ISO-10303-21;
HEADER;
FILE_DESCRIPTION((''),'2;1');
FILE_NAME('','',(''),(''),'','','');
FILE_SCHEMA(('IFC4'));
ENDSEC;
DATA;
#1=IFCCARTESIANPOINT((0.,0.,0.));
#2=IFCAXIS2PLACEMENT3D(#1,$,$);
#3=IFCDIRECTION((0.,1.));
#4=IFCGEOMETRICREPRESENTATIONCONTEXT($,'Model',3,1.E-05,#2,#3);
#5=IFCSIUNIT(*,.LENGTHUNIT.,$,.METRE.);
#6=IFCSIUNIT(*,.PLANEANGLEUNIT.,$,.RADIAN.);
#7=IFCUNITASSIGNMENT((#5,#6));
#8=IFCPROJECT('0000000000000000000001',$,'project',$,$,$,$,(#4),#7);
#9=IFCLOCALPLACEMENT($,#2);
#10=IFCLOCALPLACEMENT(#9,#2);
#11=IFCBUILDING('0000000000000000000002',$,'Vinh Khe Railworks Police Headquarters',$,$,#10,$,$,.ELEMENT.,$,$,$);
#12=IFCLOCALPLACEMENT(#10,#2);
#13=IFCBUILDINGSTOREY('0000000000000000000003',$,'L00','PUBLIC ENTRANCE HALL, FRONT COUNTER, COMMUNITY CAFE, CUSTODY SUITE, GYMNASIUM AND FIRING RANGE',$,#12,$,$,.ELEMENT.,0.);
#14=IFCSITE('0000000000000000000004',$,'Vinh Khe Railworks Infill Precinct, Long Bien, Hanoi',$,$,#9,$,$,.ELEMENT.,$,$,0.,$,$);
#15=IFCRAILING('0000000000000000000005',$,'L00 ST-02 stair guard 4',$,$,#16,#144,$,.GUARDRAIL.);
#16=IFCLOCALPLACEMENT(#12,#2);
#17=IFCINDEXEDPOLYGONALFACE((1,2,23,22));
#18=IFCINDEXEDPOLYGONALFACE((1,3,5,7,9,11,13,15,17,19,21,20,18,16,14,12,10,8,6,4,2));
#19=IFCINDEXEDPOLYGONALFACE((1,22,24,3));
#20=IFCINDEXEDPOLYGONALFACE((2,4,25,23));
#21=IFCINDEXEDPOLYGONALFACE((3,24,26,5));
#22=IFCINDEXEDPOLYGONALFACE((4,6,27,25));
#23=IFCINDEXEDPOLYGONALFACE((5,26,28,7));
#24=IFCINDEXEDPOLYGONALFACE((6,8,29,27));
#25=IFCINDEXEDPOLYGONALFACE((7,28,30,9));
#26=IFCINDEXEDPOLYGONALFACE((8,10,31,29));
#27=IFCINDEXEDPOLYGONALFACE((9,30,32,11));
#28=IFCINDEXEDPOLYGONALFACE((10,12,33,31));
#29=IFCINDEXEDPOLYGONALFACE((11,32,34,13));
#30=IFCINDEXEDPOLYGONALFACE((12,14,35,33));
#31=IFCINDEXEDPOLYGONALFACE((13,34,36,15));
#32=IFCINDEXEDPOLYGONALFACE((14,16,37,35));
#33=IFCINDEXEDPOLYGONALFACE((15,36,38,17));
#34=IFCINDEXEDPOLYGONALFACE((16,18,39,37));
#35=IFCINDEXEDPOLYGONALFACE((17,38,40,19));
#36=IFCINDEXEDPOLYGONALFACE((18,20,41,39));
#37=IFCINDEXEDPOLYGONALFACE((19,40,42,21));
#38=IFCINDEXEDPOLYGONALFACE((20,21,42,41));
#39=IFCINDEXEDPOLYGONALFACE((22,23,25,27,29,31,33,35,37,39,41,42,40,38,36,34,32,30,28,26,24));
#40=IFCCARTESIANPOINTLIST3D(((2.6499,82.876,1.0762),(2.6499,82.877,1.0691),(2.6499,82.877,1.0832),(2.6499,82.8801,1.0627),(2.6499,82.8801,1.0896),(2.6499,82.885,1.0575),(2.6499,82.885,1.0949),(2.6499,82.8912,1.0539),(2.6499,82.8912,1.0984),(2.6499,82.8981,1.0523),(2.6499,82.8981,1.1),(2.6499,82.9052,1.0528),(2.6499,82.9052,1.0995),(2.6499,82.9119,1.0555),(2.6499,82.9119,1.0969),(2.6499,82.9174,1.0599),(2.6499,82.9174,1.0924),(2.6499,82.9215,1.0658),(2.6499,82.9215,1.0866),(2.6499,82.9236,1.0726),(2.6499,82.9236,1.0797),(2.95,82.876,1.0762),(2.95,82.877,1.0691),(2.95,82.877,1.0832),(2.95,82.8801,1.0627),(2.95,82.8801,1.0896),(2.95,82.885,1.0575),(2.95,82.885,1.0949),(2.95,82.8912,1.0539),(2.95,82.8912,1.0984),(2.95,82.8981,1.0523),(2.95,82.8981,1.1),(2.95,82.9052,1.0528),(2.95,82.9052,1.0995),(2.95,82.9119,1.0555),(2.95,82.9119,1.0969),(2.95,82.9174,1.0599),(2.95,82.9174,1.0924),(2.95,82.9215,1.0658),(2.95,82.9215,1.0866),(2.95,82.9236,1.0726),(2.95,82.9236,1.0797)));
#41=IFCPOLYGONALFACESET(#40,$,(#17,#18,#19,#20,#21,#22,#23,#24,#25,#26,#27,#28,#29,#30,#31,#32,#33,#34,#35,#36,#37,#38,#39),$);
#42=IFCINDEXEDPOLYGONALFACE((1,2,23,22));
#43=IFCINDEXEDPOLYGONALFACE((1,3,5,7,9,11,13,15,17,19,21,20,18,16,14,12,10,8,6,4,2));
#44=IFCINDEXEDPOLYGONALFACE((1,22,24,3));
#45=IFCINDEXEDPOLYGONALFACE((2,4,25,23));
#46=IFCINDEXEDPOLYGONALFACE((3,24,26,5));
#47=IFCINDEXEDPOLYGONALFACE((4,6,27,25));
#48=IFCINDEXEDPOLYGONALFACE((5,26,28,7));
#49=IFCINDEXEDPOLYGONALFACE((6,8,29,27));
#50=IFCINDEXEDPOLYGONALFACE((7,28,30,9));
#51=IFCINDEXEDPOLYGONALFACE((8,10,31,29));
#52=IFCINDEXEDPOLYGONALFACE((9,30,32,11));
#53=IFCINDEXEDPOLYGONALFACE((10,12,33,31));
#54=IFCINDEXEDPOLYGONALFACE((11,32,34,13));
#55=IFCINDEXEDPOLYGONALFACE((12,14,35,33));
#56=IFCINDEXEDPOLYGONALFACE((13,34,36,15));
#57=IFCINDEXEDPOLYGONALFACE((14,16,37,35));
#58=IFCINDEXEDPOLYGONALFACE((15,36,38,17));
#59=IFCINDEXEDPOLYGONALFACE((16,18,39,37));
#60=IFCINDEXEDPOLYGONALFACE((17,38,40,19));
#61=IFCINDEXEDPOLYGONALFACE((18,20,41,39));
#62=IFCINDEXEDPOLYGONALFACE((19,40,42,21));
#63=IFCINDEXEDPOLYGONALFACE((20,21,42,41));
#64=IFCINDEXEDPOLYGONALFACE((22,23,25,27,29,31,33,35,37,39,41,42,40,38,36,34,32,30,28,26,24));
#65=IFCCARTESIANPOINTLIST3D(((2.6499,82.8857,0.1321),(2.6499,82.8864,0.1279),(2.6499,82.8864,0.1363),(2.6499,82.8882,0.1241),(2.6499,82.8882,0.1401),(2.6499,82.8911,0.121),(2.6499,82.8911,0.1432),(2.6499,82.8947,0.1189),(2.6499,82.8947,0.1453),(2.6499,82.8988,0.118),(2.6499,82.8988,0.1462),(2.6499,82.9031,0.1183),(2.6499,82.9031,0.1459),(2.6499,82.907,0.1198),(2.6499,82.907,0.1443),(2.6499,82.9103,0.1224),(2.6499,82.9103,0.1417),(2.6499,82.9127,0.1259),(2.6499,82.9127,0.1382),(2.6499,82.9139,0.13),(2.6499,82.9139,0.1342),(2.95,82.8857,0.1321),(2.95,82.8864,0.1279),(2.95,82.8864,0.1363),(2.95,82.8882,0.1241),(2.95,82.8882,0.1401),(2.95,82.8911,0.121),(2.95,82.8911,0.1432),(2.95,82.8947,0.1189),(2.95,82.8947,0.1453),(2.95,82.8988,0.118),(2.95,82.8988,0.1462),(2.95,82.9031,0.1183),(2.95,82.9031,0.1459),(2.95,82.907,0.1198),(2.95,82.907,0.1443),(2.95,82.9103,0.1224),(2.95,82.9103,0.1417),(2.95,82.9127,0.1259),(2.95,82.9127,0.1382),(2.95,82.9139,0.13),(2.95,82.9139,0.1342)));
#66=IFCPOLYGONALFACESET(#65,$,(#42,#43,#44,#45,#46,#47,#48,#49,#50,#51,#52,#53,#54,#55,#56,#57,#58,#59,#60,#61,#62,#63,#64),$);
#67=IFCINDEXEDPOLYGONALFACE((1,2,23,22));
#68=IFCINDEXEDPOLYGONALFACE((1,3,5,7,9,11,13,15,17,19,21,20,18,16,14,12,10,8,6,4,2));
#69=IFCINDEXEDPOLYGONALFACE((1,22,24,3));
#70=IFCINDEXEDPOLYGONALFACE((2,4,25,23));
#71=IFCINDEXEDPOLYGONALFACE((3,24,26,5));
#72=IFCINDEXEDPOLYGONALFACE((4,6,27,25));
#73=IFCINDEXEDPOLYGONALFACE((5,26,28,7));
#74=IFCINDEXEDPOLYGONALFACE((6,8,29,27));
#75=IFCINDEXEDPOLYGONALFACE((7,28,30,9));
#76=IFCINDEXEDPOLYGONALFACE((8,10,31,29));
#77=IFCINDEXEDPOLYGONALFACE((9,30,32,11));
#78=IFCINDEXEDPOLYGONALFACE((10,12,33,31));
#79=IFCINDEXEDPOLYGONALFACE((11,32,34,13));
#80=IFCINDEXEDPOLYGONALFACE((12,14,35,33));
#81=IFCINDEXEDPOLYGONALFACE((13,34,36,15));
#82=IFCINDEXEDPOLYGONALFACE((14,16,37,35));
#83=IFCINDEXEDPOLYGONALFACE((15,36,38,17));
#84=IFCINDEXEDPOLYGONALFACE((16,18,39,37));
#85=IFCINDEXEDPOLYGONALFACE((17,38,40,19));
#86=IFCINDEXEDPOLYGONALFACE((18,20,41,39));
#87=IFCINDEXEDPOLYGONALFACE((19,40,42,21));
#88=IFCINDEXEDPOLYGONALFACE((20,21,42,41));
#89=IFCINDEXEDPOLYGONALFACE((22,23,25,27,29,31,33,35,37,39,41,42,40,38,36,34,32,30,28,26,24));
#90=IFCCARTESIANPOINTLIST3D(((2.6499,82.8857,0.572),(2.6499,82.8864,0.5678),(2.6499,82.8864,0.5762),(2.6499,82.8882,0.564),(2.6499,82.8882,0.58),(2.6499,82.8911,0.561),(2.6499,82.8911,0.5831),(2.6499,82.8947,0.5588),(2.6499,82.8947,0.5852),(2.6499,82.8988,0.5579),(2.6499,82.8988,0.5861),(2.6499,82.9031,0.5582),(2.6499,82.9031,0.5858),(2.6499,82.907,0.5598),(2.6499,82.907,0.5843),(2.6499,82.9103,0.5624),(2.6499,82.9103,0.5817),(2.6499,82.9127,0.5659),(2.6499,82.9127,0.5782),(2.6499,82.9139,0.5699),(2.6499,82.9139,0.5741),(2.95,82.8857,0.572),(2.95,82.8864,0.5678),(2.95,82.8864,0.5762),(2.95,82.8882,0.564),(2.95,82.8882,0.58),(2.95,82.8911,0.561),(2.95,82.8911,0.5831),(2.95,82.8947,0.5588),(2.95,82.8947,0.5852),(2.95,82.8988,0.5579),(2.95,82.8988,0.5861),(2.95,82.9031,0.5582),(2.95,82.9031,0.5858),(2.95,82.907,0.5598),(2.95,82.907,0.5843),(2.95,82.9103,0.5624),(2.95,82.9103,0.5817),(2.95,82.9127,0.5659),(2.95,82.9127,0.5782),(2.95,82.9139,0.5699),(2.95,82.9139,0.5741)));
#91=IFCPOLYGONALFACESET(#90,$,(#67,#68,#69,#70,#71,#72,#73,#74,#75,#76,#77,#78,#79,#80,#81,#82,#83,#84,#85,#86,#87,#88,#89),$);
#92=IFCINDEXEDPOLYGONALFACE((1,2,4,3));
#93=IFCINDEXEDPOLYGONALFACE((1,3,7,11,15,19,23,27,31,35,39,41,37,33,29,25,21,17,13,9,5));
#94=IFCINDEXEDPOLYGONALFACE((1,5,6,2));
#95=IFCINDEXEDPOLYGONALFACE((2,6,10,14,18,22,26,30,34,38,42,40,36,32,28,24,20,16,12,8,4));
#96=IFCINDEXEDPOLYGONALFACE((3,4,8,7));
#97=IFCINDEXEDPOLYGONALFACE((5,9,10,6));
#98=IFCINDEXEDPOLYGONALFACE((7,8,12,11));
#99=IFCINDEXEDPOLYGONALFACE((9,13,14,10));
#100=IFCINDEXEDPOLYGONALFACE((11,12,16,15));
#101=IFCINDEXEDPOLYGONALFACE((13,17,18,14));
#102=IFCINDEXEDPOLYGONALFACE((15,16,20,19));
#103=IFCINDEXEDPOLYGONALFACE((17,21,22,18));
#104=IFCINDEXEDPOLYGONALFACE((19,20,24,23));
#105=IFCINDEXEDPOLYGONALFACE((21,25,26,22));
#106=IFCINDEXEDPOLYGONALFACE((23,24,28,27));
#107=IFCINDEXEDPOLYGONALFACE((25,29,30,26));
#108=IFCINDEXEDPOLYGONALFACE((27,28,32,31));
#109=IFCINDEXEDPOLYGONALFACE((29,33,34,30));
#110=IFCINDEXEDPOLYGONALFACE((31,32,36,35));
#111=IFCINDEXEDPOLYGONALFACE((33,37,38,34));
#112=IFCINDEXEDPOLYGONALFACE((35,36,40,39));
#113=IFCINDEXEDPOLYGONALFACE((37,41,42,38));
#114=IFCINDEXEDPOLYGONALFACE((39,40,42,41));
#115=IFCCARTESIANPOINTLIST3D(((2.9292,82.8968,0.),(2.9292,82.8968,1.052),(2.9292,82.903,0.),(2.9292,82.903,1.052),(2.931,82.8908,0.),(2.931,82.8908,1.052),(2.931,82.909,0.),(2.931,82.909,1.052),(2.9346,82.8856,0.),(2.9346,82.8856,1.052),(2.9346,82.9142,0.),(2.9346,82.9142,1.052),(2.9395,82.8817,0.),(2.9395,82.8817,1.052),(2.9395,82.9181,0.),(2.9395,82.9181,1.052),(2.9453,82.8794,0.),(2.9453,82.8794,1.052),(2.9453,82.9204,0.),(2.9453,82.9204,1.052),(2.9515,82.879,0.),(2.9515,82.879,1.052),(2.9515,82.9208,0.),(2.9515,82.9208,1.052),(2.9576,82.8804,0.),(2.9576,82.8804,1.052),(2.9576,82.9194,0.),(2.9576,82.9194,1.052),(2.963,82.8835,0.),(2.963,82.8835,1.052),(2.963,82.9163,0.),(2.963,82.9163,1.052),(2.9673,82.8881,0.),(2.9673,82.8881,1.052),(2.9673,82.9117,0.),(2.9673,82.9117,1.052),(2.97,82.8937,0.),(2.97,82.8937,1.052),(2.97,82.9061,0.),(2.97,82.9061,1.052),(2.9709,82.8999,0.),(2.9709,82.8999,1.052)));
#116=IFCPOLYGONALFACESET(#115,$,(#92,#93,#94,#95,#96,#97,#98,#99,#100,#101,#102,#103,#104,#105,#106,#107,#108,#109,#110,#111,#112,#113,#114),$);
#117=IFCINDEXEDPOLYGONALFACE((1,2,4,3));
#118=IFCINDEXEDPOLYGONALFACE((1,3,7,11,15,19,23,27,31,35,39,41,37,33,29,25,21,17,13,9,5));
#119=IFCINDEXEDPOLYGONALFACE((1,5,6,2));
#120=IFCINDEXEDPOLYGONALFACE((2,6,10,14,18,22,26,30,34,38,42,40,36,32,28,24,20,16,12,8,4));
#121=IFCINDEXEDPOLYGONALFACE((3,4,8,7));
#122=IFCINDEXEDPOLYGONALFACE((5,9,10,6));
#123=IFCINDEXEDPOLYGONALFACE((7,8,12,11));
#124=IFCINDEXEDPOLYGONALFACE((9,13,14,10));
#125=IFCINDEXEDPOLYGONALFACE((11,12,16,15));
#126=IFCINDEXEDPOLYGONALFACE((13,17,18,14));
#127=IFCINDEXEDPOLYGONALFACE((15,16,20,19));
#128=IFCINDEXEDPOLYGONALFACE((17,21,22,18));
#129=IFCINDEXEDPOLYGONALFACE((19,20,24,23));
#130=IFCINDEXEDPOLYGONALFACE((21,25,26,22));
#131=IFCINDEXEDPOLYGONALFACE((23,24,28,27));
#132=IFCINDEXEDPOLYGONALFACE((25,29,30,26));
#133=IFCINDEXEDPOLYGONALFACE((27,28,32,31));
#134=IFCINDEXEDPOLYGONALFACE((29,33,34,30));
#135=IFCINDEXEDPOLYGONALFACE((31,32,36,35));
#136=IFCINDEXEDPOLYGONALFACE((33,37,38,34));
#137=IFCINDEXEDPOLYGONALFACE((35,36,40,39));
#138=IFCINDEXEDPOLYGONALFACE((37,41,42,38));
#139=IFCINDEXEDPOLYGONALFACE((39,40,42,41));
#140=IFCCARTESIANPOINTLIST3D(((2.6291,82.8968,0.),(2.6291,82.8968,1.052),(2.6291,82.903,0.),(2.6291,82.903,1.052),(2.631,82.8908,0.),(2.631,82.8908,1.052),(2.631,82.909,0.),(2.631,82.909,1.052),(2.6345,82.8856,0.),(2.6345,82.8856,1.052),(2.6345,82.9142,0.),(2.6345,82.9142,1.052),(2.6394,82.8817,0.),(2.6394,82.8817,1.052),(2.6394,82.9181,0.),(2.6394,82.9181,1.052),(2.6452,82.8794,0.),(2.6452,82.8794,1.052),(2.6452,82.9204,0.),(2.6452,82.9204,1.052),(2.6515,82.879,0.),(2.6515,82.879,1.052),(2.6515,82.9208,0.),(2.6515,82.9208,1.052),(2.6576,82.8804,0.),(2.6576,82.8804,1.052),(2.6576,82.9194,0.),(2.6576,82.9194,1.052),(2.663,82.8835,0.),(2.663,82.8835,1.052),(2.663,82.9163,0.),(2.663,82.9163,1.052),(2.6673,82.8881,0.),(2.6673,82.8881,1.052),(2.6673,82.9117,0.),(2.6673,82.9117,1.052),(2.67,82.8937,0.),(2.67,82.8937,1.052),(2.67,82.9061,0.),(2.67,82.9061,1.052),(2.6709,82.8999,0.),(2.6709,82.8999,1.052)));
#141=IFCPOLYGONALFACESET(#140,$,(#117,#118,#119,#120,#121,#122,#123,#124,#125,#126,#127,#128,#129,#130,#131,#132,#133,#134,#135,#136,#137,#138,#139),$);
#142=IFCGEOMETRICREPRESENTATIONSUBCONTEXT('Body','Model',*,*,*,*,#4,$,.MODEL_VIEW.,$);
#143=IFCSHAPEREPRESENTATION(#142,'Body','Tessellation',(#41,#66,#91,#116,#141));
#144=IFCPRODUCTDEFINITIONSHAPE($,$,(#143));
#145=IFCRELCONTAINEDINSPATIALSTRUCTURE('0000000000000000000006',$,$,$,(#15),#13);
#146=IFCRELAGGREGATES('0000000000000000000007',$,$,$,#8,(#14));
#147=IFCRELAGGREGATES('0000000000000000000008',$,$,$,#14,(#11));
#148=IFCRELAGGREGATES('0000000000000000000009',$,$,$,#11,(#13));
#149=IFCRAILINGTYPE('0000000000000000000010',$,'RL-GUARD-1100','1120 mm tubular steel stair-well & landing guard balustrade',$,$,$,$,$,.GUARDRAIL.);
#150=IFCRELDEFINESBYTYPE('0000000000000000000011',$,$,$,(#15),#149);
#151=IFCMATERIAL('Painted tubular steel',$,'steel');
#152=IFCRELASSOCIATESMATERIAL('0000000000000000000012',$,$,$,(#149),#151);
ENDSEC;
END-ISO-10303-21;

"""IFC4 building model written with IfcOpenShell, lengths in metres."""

from ifc_helpers import new_model, si_unit, direction, frame, origin, origin_2d, place, context, subcontext, project, spatial, circle, extrude, material, type_object, element, save


model = new_model("IFC4")

# Units and contexts
model_context = context("Model", 3, precision=1e-05, world=origin(), true_north=direction((0.0, 1.0)))
body_context = subcontext(model_context, "Body", "Model", "MODEL_VIEW")
ifc_project = project(units=[si_unit("LENGTHUNIT", "METRE"), si_unit("PLANEANGLEUNIT", "RADIAN")], contexts=[model_context])

# Site, building, storey
site_placement = place(None, origin())
site = spatial("IfcSite", under=ifc_project, at=site_placement, Name="Vinh Khe Railworks Infill Precinct, Long Bien, Hanoi", CompositionType="ELEMENT", RefElevation=0.0)
building_placement = place(site_placement, origin())
building = spatial("IfcBuilding", under=site, at=building_placement, Name="Vinh Khe Railworks Police Headquarters", CompositionType="ELEMENT")
storey_placement = place(building_placement, origin())
storey = spatial("IfcBuildingStorey", under=building, at=storey_placement, Name="L00", Description="PUBLIC ENTRANCE HALL, FRONT COUNTER, COMMUNITY CAFE, CUSTODY SUITE, GYMNASIUM AND FIRING RANGE", CompositionType="ELEMENT", Elevation=0.0)

# Railing
ifc_material_1 = material(Name="Painted tubular steel", Category="steel")
railing_type_1 = type_object("IfcRailingType", Name="RL-GUARD-1100", Description="1120 mm tubular steel stair-well & landing guard balustrade", PredefinedType="GUARDRAIL", material=ifc_material_1)
railing_1_placement = place(storey_placement, frame((2.95, 82.8999, 0.0)))
element("IfcRailing", 1, at=railing_1_placement, inside=storey, type_object=railing_type_1, Name="L00 ST-02 stair guard 4", PredefinedType="GUARDRAIL", context=body_context, shape_type="SweptSolid", body=[
    extrude(circle(Radius=0.0239, at=origin_2d()), frame((0.0, 0.0, 1.0762), z_axis=(-1.0, 0.0, 0.0), x_axis=(0.0, -1.0, 0.0)), (0.0, 0.0, 1.0), 0.3),
    extrude(circle(Radius=0.0142, at=origin_2d()), frame((0.0, 0.0, 0.1321), z_axis=(-1.0, 0.0, 0.0), x_axis=(0.0, -1.0, 0.0)), (0.0, 0.0, 1.0), 0.3),
    extrude(circle(Radius=0.0142, at=origin_2d()), frame((0.0, 0.0, 0.572), z_axis=(-1.0, 0.0, 0.0), x_axis=(0.0, -1.0, 0.0)), (0.0, 0.0, 1.0), 0.3),
    extrude(circle(Radius=0.021, at=origin_2d()), origin(), (0.0, 0.0, 1.0), 1.052),
    extrude(circle(Radius=0.021, at=origin_2d()), frame((-0.3, 0.0, 0.0)), (0.0, 0.0, 1.0), 1.052),
])

save(model, "model.ifc")
